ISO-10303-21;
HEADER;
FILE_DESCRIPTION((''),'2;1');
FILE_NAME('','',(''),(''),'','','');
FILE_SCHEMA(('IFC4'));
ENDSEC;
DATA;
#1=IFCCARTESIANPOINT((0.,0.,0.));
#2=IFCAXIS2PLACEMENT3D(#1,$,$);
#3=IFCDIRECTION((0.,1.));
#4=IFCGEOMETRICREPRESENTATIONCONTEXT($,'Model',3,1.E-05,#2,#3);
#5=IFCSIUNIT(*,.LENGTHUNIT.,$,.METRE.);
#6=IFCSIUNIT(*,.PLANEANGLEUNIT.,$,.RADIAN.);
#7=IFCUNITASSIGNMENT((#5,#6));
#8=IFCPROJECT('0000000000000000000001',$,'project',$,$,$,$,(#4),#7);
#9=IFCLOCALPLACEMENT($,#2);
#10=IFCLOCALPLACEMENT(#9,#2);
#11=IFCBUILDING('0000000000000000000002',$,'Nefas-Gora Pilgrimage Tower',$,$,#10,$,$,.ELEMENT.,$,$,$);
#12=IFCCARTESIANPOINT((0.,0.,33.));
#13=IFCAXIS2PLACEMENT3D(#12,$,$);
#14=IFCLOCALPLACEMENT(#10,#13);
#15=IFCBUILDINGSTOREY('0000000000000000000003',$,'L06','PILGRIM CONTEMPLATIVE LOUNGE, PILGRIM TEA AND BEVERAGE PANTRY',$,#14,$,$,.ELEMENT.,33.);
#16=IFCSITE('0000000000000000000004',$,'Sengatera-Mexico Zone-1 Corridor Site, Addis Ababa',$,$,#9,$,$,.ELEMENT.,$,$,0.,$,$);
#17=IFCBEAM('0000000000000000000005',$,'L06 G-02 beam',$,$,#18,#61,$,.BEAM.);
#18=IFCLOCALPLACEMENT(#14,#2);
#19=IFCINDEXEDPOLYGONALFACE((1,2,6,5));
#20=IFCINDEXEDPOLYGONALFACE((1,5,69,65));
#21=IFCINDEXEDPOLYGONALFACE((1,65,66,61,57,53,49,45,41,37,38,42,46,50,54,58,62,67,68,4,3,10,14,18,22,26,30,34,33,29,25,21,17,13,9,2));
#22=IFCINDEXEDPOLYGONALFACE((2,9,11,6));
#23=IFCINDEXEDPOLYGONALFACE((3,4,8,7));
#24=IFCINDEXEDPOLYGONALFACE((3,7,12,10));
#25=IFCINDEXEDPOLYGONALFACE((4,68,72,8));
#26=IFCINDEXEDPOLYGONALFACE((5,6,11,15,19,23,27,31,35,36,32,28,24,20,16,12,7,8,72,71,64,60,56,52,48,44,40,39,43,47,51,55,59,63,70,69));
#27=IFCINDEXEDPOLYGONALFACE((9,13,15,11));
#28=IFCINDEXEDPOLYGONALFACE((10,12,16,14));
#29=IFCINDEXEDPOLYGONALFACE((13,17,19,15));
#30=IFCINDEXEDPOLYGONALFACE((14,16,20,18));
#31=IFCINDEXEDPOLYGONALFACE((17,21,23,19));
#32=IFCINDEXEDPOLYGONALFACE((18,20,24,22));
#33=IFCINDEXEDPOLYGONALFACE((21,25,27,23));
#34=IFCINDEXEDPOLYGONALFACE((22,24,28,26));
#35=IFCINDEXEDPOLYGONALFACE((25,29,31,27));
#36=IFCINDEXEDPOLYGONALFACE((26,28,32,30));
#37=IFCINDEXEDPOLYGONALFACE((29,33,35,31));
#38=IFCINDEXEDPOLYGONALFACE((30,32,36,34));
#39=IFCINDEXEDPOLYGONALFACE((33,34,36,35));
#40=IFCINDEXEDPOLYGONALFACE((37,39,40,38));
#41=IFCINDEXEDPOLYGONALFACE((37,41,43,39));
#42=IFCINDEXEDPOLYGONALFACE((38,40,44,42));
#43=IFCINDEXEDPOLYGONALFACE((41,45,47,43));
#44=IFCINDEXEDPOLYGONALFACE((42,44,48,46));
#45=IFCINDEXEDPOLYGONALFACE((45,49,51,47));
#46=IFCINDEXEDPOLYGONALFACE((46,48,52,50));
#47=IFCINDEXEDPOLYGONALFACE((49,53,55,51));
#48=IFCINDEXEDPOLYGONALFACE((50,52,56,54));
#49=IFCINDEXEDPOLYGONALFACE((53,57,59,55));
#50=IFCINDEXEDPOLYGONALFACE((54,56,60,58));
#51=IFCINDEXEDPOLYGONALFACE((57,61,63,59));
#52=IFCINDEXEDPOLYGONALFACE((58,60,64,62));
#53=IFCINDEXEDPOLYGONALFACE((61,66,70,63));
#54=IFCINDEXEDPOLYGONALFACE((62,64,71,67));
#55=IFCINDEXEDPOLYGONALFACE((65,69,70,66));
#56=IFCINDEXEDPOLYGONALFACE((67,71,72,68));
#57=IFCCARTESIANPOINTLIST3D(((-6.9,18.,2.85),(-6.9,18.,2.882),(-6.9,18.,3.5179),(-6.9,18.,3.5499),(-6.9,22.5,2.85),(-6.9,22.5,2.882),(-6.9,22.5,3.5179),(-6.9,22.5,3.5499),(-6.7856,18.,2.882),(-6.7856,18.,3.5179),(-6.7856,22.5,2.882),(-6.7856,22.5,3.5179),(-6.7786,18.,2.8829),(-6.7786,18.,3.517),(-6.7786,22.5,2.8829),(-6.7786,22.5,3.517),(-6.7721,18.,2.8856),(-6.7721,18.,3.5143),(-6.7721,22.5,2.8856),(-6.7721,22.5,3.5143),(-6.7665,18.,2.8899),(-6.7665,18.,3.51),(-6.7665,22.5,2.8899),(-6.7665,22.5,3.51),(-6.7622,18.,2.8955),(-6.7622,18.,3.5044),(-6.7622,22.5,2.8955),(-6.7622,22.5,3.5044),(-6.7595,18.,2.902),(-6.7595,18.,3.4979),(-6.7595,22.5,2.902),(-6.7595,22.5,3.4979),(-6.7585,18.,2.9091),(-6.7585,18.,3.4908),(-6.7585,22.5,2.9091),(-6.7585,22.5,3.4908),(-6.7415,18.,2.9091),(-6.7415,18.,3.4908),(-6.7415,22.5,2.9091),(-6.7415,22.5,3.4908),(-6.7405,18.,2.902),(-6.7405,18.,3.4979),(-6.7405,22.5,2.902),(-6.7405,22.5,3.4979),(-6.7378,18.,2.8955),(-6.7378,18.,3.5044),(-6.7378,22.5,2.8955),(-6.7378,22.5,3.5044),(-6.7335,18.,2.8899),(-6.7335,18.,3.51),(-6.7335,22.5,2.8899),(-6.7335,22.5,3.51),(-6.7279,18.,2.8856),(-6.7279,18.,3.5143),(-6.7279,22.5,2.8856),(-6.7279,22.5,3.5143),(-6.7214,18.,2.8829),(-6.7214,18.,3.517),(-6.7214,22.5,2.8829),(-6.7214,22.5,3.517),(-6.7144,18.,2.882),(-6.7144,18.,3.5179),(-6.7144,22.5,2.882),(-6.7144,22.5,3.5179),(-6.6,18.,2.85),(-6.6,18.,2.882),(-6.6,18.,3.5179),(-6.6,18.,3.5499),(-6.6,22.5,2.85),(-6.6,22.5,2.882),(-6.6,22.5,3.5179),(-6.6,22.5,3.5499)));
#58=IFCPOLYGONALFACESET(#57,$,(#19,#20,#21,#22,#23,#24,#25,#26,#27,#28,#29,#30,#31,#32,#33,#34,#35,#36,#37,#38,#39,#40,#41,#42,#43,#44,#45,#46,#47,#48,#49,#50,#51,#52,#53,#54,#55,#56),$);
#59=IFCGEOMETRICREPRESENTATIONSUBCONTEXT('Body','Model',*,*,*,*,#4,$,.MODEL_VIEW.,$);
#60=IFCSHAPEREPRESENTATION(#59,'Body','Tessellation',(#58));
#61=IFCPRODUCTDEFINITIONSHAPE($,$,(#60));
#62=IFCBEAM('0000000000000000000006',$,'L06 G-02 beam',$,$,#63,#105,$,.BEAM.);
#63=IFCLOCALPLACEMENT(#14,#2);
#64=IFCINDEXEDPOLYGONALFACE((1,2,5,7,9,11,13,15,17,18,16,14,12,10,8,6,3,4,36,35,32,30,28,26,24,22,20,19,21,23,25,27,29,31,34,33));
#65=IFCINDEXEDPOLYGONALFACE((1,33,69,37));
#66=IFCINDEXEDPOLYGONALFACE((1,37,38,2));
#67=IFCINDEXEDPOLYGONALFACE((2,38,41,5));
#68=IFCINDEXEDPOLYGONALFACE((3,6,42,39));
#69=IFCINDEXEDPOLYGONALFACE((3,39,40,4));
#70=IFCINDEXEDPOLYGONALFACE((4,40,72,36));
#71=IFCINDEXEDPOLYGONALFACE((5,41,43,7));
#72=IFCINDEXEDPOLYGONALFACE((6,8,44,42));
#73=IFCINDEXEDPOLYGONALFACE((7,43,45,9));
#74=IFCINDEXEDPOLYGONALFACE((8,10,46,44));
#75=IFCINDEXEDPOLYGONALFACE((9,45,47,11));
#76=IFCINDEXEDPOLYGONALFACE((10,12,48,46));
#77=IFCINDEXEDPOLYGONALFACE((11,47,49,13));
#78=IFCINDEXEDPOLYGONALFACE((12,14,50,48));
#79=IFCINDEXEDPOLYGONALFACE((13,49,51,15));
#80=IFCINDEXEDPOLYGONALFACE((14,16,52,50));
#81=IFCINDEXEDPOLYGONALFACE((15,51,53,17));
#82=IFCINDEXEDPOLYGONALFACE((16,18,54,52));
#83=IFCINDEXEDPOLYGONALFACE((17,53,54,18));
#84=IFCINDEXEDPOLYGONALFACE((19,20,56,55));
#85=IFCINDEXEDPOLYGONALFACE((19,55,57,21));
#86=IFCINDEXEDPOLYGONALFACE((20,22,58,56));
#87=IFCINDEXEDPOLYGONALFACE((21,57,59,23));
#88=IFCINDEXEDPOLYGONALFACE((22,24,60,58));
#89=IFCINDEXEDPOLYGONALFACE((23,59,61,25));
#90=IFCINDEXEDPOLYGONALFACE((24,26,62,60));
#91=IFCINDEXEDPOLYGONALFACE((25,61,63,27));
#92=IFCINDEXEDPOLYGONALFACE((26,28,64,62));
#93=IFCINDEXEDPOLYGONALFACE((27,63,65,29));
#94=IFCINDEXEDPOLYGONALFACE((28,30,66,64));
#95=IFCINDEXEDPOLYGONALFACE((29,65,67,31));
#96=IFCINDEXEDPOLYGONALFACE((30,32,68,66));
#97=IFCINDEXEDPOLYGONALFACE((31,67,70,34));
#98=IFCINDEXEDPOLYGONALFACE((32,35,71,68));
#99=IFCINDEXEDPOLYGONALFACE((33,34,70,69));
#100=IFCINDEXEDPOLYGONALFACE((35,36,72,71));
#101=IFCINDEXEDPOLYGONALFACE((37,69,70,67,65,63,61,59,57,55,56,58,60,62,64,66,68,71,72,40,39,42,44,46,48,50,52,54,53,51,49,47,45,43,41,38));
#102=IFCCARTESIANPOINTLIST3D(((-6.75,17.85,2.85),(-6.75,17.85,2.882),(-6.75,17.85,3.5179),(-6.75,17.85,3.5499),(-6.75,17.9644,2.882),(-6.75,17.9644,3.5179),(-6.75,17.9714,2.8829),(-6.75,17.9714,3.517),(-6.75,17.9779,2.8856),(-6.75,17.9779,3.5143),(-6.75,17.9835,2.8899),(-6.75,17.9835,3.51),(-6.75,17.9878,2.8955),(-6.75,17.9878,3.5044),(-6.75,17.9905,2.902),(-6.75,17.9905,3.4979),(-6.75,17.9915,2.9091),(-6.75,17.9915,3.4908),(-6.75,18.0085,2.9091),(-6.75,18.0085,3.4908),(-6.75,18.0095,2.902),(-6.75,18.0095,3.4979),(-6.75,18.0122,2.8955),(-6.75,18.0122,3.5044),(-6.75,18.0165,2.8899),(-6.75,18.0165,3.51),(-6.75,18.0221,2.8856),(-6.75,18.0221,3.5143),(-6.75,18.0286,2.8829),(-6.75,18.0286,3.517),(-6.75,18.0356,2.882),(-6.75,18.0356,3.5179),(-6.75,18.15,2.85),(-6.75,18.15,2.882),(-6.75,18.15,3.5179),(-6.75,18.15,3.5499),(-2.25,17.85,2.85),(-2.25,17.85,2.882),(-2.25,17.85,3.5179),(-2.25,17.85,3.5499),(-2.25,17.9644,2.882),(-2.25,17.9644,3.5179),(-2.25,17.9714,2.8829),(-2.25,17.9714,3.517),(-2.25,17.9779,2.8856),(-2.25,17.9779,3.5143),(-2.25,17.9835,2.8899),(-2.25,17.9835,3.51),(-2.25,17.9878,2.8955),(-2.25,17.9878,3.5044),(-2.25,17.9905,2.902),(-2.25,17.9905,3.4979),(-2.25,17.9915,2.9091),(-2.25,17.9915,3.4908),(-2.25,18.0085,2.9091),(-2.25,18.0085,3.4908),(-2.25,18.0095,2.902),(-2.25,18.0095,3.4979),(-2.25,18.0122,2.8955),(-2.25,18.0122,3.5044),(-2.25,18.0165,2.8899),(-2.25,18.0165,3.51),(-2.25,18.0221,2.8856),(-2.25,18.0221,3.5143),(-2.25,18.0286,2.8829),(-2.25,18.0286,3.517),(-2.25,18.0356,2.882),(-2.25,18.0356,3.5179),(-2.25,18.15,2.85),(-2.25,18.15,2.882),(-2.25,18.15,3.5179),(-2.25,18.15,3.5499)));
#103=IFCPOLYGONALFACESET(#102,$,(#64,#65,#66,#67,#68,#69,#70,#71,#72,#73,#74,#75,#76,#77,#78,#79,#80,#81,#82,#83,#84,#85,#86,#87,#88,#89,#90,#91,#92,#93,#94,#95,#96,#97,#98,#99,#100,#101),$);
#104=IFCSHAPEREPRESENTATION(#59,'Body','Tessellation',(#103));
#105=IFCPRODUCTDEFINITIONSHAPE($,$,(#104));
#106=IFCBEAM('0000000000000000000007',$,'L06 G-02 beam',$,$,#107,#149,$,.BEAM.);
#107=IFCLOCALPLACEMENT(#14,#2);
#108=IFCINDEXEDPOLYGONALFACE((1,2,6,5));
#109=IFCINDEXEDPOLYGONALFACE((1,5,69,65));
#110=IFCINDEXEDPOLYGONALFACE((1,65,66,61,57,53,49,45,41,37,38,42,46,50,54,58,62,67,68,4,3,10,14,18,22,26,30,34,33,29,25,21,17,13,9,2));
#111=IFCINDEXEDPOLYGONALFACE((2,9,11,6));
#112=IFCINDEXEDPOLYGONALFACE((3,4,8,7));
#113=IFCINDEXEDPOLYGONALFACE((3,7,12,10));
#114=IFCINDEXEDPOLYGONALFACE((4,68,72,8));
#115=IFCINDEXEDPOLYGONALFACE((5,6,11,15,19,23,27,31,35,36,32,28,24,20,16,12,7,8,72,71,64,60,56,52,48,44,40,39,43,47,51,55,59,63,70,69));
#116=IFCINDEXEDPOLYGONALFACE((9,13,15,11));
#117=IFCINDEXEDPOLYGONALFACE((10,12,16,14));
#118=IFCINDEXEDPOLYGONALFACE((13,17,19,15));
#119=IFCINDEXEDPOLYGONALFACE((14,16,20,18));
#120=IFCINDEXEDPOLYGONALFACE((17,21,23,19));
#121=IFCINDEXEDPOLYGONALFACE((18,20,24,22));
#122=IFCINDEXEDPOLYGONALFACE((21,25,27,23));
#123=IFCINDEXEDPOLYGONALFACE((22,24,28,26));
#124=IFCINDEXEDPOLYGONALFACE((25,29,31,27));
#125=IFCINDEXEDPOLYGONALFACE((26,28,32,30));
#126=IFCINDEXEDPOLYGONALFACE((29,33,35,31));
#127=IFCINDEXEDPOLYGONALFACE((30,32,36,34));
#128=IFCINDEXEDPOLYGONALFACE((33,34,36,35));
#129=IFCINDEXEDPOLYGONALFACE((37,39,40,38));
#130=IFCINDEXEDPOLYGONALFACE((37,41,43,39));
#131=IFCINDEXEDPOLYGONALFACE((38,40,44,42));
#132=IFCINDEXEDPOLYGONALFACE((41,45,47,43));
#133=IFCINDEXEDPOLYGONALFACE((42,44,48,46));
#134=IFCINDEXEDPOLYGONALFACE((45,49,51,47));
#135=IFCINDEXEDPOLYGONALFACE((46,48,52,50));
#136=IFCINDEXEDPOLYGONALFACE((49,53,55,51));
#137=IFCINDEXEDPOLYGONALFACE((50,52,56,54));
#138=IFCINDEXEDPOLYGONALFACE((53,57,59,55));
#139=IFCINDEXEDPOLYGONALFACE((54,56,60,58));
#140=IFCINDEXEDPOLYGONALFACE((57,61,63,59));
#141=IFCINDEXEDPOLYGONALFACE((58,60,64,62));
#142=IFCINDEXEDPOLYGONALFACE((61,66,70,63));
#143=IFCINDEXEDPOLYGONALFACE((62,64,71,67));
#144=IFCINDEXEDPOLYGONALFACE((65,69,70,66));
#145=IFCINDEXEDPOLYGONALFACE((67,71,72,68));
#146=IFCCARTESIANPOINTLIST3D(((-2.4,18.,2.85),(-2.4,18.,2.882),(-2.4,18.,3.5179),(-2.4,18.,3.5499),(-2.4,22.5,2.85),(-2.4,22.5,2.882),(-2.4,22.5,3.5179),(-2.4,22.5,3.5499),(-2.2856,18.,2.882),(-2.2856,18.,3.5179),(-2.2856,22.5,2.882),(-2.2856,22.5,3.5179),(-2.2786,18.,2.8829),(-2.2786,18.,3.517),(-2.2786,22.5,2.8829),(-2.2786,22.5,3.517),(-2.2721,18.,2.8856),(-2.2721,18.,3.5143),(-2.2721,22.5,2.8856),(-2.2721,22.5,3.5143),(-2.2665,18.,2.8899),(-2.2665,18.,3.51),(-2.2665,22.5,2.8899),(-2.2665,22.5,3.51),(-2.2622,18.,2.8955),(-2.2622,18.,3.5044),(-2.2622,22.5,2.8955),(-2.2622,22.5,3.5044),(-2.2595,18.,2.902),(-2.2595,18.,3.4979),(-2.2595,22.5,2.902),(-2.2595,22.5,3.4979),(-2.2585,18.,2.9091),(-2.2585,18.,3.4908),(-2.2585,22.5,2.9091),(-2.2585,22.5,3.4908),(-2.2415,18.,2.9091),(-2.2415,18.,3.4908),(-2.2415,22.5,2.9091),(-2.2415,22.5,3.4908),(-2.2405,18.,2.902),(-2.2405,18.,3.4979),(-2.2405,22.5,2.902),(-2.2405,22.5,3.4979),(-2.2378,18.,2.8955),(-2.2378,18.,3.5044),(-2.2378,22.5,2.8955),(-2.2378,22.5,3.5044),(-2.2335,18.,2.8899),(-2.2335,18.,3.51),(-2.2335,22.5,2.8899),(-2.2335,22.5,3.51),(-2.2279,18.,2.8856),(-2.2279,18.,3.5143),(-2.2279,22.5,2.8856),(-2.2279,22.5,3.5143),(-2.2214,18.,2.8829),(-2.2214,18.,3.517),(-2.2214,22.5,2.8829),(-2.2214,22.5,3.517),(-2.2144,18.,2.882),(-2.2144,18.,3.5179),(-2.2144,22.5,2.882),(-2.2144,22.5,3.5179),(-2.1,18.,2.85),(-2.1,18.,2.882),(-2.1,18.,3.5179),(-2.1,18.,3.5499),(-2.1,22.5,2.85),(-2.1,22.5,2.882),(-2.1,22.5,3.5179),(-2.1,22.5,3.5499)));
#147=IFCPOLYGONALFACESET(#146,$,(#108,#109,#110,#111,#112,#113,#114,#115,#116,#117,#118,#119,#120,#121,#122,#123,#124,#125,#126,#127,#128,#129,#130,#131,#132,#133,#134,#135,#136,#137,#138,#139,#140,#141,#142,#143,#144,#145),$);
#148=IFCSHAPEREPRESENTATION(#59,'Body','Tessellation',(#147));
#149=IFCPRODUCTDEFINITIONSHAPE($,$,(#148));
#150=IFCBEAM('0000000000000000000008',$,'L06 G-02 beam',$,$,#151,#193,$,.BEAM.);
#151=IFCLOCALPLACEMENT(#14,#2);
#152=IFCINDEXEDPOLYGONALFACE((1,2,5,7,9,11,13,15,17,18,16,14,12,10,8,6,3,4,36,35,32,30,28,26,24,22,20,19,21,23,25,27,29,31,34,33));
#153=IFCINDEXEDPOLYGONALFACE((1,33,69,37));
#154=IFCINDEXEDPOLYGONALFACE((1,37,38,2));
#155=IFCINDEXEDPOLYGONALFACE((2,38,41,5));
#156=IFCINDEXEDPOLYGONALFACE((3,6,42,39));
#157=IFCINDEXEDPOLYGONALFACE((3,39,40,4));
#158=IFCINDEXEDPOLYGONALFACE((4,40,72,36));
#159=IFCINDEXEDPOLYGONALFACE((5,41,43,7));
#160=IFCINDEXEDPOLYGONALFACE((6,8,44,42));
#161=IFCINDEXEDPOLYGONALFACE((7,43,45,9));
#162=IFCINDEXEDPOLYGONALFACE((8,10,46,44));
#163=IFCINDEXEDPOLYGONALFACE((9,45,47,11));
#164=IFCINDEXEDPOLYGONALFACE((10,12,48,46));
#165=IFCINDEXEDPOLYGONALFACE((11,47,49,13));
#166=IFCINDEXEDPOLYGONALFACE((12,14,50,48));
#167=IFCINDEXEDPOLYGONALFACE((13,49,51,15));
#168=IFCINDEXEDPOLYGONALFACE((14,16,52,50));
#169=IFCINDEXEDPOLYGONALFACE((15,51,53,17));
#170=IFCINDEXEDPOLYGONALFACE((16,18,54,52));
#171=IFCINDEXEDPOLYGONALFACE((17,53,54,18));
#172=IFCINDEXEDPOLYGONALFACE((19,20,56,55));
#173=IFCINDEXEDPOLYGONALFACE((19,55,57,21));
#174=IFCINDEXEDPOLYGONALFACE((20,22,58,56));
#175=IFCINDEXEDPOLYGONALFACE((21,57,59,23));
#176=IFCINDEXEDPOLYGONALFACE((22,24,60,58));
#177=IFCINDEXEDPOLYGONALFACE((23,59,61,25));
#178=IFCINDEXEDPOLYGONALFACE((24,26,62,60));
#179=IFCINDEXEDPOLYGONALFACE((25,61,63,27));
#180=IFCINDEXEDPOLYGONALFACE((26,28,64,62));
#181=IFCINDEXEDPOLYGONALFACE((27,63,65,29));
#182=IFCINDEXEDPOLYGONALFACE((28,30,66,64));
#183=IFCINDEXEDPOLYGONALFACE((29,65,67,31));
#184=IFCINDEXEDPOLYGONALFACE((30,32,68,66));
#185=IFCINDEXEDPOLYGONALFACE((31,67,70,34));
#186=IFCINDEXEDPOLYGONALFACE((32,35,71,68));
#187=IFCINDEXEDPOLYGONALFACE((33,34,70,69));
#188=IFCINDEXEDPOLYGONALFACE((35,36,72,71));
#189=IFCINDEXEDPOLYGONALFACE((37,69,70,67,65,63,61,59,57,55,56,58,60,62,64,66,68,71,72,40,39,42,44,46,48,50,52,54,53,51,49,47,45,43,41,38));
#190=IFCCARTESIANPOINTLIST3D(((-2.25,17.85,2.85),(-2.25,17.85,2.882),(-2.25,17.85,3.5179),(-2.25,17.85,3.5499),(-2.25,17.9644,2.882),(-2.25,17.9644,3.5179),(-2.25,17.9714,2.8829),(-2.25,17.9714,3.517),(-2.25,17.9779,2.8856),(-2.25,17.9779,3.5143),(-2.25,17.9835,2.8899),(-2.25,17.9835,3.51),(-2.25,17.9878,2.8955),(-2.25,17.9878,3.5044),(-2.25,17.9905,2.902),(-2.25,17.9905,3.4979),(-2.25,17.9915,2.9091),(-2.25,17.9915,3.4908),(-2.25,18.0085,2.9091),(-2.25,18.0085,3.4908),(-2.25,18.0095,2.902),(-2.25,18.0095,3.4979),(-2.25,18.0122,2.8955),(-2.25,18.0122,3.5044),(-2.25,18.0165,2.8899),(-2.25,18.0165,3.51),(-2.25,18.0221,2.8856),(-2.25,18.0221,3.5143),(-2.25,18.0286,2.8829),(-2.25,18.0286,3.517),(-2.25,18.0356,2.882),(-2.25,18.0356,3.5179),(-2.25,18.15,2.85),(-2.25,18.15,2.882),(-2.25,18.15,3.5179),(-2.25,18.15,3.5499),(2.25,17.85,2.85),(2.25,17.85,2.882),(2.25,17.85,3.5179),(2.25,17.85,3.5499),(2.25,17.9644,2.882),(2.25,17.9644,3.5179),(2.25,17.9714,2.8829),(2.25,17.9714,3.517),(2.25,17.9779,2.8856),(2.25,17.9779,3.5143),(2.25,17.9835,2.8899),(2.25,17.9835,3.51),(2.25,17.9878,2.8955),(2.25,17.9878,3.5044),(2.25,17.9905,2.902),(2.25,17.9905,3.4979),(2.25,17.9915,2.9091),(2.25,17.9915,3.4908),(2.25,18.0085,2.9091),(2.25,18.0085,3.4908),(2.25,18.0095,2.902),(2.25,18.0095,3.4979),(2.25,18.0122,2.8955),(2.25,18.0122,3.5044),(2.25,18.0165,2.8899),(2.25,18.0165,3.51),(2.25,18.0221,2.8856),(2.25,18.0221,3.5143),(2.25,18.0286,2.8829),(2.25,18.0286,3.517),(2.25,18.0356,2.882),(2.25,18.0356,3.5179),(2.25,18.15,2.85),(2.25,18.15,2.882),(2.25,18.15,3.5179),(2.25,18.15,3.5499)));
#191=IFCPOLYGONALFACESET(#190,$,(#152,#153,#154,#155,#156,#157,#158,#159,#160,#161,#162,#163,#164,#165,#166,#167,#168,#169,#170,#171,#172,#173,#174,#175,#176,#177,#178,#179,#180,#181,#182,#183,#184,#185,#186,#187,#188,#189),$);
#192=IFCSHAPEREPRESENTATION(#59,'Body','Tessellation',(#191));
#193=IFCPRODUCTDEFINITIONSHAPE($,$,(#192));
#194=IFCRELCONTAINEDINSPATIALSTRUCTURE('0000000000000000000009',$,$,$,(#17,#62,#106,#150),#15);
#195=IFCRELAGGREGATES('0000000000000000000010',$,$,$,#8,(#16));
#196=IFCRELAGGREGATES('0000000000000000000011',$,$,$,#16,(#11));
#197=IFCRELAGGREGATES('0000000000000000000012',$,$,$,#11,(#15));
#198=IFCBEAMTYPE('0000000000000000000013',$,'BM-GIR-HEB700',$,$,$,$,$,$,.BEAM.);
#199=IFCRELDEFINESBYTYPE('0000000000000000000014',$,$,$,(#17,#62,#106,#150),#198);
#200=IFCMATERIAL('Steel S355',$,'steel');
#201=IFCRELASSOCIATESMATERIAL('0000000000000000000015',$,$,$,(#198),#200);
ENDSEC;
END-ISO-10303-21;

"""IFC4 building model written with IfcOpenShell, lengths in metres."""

from ifc_helpers import new_model, si_unit, direction, frame, origin, origin_2d, place, context, subcontext, project, spatial, i_section, extrude, source, transform, mapped, material, material_profile, profile_set, type_object, element, save


model = new_model("IFC4")

# Units and contexts
model_context = context("Model", 3, precision=1e-05, world=origin(), true_north=direction((0.0, 1.0)))
body_context = subcontext(model_context, "Body", "Model", "MODEL_VIEW")
ifc_project = project(units=[si_unit("LENGTHUNIT", "METRE"), si_unit("PLANEANGLEUNIT", "RADIAN")], contexts=[model_context])

# Site, building, storey
site_placement = place(None, origin())
site = spatial("IfcSite", under=ifc_project, at=site_placement, Name="Sengatera-Mexico Zone-1 Corridor Site, Addis Ababa", CompositionType="ELEMENT", RefElevation=0.0)
building_placement = place(site_placement, origin())
building = spatial("IfcBuilding", under=site, at=building_placement, Name="Nefas-Gora Pilgrimage Tower", CompositionType="ELEMENT")
storey_placement = place(building_placement, frame((0.0, 0.0, 33.0)))
storey = spatial("IfcBuildingStorey", under=building, at=storey_placement, Name="L06", Description="PILGRIM CONTEMPLATIVE LOUNGE, PILGRIM TEA AND BEVERAGE PANTRY", CompositionType="ELEMENT", Elevation=33.0)

# Beams
ifc_material_1 = material(Name="Steel S355", Category="steel")
ifc_material_profile_1 = material_profile(ifc_material_1, i_section(OverallWidth=0.3, OverallDepth=0.7, WebThickness=0.0171, FlangeThickness=0.032, FilletRadius=0.0271, at=origin_2d()), Name="HEB 700")
ifc_profile_set_1 = profile_set([ifc_material_profile_1], Name="Steel S355")
beam_type_1 = type_object("IfcBeamType", Name="BM-GIR-HEB700", PredefinedType="BEAM", material=ifc_profile_set_1)
shared_shape_1 = source(origin(), body_context, "Body", "SweptSolid", [
    extrude(i_section(OverallWidth=0.3, OverallDepth=0.7, WebThickness=0.0171, FlangeThickness=0.032, FilletRadius=0.0271, at=origin_2d()), origin(), (0.0, 0.0, 1.0), 4.5),
])
for number, where, z_axis, x_axis, name in (
    (1, (-6.75, 18.0, 3.2), (0.0, 1.0, 0.0), (-1.0, 0.0, 0.0), "L06 G-02 beam"),
    (2, (-6.75, 18.0, 3.2), (1.0, 0.0, 0.0), (0.0, 1.0, 0.0), "L06 G-02 beam"),
    (3, (-2.25, 18.0, 3.2), (0.0, 1.0, 0.0), (-1.0, 0.0, 0.0), "L06 G-02 beam"),
    (4, (-2.25, 18.0, 3.2), (1.0, 0.0, 0.0), (0.0, 1.0, 0.0), "L06 G-02 beam"),
):
    element("IfcBeam", number, at=place(storey_placement, frame(where, z_axis=z_axis, x_axis=x_axis)), inside=storey, type_object=beam_type_1, Name=name, PredefinedType="BEAM", context=body_context, shape_type="MappedRepresentation", body=[
        mapped(shared_shape_1, transform((0.0, 0.0, 0.0), x_axis=(1.0, 0.0, 0.0), y_axis=(0.0, 1.0, 0.0), z_axis=(0.0, 0.0, 1.0), scale=1.0)),
    ])

save(model, "model.ifc")
